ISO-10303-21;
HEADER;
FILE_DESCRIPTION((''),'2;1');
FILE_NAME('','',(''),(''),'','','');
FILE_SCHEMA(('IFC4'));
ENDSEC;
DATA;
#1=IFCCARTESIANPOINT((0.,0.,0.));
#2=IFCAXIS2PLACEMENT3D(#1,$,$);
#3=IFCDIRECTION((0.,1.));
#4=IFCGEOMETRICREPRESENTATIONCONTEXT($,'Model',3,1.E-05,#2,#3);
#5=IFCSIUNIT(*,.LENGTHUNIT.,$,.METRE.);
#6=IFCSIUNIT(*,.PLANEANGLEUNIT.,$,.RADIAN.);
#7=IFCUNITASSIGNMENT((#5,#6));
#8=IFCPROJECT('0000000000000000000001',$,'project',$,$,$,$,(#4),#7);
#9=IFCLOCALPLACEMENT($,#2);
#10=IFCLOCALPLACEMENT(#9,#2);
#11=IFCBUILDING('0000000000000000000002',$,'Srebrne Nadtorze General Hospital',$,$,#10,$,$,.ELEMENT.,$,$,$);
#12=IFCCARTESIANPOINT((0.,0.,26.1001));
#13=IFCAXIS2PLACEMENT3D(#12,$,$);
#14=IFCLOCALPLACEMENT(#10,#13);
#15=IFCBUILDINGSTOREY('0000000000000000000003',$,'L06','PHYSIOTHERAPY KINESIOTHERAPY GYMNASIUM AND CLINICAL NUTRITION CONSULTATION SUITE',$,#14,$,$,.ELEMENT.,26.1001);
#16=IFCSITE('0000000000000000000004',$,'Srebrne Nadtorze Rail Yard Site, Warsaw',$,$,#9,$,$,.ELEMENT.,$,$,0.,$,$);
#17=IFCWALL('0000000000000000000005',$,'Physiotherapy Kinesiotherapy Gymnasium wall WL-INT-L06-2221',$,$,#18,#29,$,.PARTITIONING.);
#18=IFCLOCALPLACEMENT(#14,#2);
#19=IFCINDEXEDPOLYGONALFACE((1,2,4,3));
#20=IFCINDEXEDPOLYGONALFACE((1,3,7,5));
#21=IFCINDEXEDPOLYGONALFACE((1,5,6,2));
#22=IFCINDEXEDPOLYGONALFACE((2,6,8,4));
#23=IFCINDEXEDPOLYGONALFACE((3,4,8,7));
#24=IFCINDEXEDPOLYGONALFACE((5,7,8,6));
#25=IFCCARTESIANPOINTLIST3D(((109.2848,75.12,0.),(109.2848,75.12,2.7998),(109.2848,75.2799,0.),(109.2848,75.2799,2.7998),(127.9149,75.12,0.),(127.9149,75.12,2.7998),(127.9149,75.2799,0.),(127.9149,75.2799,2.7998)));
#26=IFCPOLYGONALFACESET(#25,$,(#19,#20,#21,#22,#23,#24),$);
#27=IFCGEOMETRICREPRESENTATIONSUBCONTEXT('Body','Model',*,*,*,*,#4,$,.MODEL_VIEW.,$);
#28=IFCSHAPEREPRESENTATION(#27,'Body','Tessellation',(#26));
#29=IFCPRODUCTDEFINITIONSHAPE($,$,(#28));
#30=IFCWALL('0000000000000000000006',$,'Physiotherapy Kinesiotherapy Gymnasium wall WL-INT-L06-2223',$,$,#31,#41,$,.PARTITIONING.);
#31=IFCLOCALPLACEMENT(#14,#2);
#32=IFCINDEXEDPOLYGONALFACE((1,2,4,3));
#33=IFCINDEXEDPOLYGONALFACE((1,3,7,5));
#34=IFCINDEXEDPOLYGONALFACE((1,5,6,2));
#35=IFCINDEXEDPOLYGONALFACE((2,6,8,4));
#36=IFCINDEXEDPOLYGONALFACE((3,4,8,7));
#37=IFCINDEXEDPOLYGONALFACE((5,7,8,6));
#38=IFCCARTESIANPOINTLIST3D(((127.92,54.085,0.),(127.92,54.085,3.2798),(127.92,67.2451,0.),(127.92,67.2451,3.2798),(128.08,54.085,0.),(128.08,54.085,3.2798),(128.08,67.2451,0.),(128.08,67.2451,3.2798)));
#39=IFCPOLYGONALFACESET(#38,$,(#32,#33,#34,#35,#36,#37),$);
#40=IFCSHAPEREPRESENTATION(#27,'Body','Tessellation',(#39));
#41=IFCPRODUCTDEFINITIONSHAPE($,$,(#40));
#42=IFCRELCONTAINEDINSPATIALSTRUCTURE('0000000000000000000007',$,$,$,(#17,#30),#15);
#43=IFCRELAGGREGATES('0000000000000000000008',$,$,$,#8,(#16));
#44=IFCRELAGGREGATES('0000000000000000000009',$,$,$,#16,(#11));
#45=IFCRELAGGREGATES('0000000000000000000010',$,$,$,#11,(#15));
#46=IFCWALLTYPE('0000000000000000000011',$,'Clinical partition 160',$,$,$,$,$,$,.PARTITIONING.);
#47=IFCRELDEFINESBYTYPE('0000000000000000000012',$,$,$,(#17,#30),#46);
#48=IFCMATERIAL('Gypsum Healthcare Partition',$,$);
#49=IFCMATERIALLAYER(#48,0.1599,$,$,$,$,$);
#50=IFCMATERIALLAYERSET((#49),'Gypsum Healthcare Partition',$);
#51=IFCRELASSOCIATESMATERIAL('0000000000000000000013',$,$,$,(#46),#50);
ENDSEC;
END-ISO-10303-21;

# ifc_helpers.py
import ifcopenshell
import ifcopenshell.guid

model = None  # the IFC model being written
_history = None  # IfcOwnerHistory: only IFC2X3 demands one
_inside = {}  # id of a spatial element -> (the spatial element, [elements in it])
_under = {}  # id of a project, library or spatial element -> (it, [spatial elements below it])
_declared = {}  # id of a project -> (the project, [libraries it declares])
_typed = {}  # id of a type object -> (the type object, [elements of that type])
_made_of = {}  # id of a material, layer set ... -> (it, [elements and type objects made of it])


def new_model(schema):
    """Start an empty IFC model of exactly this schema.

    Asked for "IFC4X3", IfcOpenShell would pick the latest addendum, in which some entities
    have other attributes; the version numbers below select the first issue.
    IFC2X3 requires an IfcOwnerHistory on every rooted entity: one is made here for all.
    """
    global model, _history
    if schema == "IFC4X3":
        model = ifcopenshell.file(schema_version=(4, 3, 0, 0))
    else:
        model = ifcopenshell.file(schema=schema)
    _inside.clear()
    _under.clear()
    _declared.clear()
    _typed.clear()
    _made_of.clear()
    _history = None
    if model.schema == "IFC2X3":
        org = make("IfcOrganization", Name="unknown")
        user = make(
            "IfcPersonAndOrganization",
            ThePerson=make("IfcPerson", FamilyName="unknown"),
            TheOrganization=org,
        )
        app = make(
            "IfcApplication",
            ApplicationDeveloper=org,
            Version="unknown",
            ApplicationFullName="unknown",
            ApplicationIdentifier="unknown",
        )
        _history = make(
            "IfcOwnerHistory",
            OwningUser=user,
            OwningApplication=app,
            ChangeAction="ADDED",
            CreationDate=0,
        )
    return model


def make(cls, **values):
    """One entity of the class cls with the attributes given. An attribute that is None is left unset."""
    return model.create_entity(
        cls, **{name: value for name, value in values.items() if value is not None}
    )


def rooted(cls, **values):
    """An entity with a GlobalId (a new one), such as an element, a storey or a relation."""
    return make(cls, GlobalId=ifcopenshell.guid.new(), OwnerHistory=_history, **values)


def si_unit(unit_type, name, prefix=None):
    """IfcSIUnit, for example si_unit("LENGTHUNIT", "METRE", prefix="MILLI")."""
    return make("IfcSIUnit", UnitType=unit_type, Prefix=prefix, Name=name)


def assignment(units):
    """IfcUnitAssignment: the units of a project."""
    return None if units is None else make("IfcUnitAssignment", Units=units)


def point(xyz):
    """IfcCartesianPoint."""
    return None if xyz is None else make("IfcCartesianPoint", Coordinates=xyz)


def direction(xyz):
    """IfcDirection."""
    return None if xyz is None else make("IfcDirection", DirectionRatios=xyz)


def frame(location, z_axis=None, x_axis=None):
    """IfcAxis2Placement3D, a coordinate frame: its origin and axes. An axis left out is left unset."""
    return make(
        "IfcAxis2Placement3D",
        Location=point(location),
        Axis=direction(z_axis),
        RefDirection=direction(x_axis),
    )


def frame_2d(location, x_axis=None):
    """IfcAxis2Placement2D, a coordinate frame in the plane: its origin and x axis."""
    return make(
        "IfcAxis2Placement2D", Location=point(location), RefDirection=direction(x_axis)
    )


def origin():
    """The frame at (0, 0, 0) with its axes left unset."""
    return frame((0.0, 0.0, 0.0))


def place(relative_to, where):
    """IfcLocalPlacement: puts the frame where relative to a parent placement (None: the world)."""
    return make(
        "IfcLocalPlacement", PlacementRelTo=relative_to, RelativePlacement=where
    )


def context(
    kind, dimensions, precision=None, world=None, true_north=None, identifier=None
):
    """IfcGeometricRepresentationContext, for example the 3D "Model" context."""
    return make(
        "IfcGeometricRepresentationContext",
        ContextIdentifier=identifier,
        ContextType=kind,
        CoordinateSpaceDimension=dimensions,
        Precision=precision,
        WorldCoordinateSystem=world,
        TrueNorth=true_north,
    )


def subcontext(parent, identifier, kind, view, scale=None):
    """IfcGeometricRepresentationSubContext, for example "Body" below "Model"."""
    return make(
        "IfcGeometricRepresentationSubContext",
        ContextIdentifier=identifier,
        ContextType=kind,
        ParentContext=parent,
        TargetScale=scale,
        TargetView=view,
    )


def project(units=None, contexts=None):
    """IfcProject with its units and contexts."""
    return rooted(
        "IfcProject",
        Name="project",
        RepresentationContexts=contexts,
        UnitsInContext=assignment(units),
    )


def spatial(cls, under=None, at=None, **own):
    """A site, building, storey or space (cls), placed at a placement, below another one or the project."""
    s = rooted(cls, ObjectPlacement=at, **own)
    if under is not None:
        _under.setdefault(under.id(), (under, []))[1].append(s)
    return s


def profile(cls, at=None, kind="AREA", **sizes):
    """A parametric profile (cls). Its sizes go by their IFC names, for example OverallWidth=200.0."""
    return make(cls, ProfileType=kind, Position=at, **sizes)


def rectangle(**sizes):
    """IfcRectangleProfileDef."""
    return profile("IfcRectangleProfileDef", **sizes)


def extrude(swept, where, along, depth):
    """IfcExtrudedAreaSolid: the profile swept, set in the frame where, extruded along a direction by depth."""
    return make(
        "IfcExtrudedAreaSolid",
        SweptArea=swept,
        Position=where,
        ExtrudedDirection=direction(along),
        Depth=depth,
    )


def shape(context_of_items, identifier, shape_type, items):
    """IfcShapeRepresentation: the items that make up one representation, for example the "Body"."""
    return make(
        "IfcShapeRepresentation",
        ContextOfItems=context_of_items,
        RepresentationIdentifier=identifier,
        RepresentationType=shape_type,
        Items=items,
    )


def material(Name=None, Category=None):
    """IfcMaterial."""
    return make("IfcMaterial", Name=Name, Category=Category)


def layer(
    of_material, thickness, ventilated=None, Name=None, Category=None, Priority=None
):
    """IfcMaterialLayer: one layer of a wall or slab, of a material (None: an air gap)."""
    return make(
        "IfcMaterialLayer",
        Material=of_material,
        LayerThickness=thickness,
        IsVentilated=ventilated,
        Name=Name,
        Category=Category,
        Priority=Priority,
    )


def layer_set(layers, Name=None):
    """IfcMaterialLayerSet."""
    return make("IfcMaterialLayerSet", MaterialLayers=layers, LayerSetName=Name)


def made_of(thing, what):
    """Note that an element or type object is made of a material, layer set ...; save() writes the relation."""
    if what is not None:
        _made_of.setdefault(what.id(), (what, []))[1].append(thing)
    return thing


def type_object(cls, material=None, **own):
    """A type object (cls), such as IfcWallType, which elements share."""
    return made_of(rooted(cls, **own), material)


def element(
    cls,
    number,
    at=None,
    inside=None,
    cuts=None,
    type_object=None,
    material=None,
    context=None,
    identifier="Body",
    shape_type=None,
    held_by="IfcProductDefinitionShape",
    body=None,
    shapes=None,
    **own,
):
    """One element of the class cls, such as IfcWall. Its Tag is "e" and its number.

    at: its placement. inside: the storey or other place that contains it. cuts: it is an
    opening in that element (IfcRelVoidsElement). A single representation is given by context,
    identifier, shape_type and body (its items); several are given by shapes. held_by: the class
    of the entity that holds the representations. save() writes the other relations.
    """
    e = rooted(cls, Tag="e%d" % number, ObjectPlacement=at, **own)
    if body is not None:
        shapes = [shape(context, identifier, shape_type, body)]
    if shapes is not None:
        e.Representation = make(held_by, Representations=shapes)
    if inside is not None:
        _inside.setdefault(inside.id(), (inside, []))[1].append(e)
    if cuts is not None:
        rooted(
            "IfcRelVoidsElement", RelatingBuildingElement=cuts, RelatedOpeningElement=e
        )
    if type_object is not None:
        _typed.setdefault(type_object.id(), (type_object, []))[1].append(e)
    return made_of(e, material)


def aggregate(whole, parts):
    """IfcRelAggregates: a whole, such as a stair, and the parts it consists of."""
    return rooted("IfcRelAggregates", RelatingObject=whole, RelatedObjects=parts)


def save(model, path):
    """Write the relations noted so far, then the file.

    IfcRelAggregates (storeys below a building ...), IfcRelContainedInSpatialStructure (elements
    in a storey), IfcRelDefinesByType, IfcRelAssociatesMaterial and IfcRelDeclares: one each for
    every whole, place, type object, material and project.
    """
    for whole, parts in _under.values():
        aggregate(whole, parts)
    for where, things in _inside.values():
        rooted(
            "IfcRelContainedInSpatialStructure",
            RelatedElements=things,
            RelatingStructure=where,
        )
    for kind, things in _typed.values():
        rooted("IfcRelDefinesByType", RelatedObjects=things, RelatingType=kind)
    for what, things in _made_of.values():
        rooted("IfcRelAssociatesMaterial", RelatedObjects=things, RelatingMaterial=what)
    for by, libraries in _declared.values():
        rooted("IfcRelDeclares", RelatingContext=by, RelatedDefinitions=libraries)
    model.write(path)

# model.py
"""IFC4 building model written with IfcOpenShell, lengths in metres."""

from ifc_helpers import new_model, si_unit, direction, frame, frame_2d, origin, place, context, subcontext, project, spatial, rectangle, extrude, material, layer, layer_set, type_object, element, save


model = new_model("IFC4")

# Units and contexts
model_context = context("Model", 3, precision=1e-05, world=origin(), true_north=direction((0.0, 1.0)))
body_context = subcontext(model_context, "Body", "Model", "MODEL_VIEW")
ifc_project = project(units=[si_unit("LENGTHUNIT", "METRE"), si_unit("PLANEANGLEUNIT", "RADIAN")], contexts=[model_context])

# Site, building, storey
site_placement = place(None, origin())
site = spatial("IfcSite", under=ifc_project, at=site_placement, Name="Srebrne Nadtorze Rail Yard Site, Warsaw", CompositionType="ELEMENT", RefElevation=0.0)
building_placement = place(site_placement, origin())
building = spatial("IfcBuilding", under=site, at=building_placement, Name="Srebrne Nadtorze General Hospital", CompositionType="ELEMENT")
storey_placement = place(building_placement, frame((0.0, 0.0, 26.1001)))
storey = spatial("IfcBuildingStorey", under=building, at=storey_placement, Name="L06", Description="PHYSIOTHERAPY KINESIOTHERAPY GYMNASIUM AND CLINICAL NUTRITION CONSULTATION SUITE", CompositionType="ELEMENT", Elevation=26.1001)

# Shared definitions
ifc_material_1 = material(Name="Gypsum Healthcare Partition")
ifc_layer_1 = layer(ifc_material_1, 0.1599)
ifc_layer_set_1 = layer_set([ifc_layer_1], Name="Gypsum Healthcare Partition")
wall_type_1 = type_object("IfcWallType", Name="Clinical partition 160", PredefinedType="PARTITIONING", material=ifc_layer_set_1)

# Walls
wall_1_placement = place(storey_placement, frame((109.2849, 75.2, 0.0), z_axis=(0.0, 0.0, 1.0), x_axis=(1.0, 0.0, 0.0)))
element("IfcWall", 1, at=wall_1_placement, inside=storey, type_object=wall_type_1, Name="Physiotherapy Kinesiotherapy Gymnasium wall WL-INT-L06-2221", PredefinedType="PARTITIONING", context=body_context, shape_type="SweptSolid", body=[
    extrude(rectangle(XDim=18.6301, YDim=0.1599, at=frame_2d((9.3149, 0.0))), origin(), (0.0, 0.0, 1.0), 2.7998),
])
wall_2_placement = place(storey_placement, frame((128.0, 54.085, 0.0), z_axis=(0.0, 0.0, 1.0), x_axis=(0.0, 1.0, 0.0)))
element("IfcWall", 2, at=wall_2_placement, inside=storey, type_object=wall_type_1, Name="Physiotherapy Kinesiotherapy Gymnasium wall WL-INT-L06-2223", PredefinedType="PARTITIONING", context=body_context, shape_type="SweptSolid", body=[
    extrude(rectangle(XDim=13.1602, YDim=0.1599, at=frame_2d((6.5801, 0.0))), origin(), (0.0, 0.0, 1.0), 3.2798),
])

save(model, "model.ifc")
